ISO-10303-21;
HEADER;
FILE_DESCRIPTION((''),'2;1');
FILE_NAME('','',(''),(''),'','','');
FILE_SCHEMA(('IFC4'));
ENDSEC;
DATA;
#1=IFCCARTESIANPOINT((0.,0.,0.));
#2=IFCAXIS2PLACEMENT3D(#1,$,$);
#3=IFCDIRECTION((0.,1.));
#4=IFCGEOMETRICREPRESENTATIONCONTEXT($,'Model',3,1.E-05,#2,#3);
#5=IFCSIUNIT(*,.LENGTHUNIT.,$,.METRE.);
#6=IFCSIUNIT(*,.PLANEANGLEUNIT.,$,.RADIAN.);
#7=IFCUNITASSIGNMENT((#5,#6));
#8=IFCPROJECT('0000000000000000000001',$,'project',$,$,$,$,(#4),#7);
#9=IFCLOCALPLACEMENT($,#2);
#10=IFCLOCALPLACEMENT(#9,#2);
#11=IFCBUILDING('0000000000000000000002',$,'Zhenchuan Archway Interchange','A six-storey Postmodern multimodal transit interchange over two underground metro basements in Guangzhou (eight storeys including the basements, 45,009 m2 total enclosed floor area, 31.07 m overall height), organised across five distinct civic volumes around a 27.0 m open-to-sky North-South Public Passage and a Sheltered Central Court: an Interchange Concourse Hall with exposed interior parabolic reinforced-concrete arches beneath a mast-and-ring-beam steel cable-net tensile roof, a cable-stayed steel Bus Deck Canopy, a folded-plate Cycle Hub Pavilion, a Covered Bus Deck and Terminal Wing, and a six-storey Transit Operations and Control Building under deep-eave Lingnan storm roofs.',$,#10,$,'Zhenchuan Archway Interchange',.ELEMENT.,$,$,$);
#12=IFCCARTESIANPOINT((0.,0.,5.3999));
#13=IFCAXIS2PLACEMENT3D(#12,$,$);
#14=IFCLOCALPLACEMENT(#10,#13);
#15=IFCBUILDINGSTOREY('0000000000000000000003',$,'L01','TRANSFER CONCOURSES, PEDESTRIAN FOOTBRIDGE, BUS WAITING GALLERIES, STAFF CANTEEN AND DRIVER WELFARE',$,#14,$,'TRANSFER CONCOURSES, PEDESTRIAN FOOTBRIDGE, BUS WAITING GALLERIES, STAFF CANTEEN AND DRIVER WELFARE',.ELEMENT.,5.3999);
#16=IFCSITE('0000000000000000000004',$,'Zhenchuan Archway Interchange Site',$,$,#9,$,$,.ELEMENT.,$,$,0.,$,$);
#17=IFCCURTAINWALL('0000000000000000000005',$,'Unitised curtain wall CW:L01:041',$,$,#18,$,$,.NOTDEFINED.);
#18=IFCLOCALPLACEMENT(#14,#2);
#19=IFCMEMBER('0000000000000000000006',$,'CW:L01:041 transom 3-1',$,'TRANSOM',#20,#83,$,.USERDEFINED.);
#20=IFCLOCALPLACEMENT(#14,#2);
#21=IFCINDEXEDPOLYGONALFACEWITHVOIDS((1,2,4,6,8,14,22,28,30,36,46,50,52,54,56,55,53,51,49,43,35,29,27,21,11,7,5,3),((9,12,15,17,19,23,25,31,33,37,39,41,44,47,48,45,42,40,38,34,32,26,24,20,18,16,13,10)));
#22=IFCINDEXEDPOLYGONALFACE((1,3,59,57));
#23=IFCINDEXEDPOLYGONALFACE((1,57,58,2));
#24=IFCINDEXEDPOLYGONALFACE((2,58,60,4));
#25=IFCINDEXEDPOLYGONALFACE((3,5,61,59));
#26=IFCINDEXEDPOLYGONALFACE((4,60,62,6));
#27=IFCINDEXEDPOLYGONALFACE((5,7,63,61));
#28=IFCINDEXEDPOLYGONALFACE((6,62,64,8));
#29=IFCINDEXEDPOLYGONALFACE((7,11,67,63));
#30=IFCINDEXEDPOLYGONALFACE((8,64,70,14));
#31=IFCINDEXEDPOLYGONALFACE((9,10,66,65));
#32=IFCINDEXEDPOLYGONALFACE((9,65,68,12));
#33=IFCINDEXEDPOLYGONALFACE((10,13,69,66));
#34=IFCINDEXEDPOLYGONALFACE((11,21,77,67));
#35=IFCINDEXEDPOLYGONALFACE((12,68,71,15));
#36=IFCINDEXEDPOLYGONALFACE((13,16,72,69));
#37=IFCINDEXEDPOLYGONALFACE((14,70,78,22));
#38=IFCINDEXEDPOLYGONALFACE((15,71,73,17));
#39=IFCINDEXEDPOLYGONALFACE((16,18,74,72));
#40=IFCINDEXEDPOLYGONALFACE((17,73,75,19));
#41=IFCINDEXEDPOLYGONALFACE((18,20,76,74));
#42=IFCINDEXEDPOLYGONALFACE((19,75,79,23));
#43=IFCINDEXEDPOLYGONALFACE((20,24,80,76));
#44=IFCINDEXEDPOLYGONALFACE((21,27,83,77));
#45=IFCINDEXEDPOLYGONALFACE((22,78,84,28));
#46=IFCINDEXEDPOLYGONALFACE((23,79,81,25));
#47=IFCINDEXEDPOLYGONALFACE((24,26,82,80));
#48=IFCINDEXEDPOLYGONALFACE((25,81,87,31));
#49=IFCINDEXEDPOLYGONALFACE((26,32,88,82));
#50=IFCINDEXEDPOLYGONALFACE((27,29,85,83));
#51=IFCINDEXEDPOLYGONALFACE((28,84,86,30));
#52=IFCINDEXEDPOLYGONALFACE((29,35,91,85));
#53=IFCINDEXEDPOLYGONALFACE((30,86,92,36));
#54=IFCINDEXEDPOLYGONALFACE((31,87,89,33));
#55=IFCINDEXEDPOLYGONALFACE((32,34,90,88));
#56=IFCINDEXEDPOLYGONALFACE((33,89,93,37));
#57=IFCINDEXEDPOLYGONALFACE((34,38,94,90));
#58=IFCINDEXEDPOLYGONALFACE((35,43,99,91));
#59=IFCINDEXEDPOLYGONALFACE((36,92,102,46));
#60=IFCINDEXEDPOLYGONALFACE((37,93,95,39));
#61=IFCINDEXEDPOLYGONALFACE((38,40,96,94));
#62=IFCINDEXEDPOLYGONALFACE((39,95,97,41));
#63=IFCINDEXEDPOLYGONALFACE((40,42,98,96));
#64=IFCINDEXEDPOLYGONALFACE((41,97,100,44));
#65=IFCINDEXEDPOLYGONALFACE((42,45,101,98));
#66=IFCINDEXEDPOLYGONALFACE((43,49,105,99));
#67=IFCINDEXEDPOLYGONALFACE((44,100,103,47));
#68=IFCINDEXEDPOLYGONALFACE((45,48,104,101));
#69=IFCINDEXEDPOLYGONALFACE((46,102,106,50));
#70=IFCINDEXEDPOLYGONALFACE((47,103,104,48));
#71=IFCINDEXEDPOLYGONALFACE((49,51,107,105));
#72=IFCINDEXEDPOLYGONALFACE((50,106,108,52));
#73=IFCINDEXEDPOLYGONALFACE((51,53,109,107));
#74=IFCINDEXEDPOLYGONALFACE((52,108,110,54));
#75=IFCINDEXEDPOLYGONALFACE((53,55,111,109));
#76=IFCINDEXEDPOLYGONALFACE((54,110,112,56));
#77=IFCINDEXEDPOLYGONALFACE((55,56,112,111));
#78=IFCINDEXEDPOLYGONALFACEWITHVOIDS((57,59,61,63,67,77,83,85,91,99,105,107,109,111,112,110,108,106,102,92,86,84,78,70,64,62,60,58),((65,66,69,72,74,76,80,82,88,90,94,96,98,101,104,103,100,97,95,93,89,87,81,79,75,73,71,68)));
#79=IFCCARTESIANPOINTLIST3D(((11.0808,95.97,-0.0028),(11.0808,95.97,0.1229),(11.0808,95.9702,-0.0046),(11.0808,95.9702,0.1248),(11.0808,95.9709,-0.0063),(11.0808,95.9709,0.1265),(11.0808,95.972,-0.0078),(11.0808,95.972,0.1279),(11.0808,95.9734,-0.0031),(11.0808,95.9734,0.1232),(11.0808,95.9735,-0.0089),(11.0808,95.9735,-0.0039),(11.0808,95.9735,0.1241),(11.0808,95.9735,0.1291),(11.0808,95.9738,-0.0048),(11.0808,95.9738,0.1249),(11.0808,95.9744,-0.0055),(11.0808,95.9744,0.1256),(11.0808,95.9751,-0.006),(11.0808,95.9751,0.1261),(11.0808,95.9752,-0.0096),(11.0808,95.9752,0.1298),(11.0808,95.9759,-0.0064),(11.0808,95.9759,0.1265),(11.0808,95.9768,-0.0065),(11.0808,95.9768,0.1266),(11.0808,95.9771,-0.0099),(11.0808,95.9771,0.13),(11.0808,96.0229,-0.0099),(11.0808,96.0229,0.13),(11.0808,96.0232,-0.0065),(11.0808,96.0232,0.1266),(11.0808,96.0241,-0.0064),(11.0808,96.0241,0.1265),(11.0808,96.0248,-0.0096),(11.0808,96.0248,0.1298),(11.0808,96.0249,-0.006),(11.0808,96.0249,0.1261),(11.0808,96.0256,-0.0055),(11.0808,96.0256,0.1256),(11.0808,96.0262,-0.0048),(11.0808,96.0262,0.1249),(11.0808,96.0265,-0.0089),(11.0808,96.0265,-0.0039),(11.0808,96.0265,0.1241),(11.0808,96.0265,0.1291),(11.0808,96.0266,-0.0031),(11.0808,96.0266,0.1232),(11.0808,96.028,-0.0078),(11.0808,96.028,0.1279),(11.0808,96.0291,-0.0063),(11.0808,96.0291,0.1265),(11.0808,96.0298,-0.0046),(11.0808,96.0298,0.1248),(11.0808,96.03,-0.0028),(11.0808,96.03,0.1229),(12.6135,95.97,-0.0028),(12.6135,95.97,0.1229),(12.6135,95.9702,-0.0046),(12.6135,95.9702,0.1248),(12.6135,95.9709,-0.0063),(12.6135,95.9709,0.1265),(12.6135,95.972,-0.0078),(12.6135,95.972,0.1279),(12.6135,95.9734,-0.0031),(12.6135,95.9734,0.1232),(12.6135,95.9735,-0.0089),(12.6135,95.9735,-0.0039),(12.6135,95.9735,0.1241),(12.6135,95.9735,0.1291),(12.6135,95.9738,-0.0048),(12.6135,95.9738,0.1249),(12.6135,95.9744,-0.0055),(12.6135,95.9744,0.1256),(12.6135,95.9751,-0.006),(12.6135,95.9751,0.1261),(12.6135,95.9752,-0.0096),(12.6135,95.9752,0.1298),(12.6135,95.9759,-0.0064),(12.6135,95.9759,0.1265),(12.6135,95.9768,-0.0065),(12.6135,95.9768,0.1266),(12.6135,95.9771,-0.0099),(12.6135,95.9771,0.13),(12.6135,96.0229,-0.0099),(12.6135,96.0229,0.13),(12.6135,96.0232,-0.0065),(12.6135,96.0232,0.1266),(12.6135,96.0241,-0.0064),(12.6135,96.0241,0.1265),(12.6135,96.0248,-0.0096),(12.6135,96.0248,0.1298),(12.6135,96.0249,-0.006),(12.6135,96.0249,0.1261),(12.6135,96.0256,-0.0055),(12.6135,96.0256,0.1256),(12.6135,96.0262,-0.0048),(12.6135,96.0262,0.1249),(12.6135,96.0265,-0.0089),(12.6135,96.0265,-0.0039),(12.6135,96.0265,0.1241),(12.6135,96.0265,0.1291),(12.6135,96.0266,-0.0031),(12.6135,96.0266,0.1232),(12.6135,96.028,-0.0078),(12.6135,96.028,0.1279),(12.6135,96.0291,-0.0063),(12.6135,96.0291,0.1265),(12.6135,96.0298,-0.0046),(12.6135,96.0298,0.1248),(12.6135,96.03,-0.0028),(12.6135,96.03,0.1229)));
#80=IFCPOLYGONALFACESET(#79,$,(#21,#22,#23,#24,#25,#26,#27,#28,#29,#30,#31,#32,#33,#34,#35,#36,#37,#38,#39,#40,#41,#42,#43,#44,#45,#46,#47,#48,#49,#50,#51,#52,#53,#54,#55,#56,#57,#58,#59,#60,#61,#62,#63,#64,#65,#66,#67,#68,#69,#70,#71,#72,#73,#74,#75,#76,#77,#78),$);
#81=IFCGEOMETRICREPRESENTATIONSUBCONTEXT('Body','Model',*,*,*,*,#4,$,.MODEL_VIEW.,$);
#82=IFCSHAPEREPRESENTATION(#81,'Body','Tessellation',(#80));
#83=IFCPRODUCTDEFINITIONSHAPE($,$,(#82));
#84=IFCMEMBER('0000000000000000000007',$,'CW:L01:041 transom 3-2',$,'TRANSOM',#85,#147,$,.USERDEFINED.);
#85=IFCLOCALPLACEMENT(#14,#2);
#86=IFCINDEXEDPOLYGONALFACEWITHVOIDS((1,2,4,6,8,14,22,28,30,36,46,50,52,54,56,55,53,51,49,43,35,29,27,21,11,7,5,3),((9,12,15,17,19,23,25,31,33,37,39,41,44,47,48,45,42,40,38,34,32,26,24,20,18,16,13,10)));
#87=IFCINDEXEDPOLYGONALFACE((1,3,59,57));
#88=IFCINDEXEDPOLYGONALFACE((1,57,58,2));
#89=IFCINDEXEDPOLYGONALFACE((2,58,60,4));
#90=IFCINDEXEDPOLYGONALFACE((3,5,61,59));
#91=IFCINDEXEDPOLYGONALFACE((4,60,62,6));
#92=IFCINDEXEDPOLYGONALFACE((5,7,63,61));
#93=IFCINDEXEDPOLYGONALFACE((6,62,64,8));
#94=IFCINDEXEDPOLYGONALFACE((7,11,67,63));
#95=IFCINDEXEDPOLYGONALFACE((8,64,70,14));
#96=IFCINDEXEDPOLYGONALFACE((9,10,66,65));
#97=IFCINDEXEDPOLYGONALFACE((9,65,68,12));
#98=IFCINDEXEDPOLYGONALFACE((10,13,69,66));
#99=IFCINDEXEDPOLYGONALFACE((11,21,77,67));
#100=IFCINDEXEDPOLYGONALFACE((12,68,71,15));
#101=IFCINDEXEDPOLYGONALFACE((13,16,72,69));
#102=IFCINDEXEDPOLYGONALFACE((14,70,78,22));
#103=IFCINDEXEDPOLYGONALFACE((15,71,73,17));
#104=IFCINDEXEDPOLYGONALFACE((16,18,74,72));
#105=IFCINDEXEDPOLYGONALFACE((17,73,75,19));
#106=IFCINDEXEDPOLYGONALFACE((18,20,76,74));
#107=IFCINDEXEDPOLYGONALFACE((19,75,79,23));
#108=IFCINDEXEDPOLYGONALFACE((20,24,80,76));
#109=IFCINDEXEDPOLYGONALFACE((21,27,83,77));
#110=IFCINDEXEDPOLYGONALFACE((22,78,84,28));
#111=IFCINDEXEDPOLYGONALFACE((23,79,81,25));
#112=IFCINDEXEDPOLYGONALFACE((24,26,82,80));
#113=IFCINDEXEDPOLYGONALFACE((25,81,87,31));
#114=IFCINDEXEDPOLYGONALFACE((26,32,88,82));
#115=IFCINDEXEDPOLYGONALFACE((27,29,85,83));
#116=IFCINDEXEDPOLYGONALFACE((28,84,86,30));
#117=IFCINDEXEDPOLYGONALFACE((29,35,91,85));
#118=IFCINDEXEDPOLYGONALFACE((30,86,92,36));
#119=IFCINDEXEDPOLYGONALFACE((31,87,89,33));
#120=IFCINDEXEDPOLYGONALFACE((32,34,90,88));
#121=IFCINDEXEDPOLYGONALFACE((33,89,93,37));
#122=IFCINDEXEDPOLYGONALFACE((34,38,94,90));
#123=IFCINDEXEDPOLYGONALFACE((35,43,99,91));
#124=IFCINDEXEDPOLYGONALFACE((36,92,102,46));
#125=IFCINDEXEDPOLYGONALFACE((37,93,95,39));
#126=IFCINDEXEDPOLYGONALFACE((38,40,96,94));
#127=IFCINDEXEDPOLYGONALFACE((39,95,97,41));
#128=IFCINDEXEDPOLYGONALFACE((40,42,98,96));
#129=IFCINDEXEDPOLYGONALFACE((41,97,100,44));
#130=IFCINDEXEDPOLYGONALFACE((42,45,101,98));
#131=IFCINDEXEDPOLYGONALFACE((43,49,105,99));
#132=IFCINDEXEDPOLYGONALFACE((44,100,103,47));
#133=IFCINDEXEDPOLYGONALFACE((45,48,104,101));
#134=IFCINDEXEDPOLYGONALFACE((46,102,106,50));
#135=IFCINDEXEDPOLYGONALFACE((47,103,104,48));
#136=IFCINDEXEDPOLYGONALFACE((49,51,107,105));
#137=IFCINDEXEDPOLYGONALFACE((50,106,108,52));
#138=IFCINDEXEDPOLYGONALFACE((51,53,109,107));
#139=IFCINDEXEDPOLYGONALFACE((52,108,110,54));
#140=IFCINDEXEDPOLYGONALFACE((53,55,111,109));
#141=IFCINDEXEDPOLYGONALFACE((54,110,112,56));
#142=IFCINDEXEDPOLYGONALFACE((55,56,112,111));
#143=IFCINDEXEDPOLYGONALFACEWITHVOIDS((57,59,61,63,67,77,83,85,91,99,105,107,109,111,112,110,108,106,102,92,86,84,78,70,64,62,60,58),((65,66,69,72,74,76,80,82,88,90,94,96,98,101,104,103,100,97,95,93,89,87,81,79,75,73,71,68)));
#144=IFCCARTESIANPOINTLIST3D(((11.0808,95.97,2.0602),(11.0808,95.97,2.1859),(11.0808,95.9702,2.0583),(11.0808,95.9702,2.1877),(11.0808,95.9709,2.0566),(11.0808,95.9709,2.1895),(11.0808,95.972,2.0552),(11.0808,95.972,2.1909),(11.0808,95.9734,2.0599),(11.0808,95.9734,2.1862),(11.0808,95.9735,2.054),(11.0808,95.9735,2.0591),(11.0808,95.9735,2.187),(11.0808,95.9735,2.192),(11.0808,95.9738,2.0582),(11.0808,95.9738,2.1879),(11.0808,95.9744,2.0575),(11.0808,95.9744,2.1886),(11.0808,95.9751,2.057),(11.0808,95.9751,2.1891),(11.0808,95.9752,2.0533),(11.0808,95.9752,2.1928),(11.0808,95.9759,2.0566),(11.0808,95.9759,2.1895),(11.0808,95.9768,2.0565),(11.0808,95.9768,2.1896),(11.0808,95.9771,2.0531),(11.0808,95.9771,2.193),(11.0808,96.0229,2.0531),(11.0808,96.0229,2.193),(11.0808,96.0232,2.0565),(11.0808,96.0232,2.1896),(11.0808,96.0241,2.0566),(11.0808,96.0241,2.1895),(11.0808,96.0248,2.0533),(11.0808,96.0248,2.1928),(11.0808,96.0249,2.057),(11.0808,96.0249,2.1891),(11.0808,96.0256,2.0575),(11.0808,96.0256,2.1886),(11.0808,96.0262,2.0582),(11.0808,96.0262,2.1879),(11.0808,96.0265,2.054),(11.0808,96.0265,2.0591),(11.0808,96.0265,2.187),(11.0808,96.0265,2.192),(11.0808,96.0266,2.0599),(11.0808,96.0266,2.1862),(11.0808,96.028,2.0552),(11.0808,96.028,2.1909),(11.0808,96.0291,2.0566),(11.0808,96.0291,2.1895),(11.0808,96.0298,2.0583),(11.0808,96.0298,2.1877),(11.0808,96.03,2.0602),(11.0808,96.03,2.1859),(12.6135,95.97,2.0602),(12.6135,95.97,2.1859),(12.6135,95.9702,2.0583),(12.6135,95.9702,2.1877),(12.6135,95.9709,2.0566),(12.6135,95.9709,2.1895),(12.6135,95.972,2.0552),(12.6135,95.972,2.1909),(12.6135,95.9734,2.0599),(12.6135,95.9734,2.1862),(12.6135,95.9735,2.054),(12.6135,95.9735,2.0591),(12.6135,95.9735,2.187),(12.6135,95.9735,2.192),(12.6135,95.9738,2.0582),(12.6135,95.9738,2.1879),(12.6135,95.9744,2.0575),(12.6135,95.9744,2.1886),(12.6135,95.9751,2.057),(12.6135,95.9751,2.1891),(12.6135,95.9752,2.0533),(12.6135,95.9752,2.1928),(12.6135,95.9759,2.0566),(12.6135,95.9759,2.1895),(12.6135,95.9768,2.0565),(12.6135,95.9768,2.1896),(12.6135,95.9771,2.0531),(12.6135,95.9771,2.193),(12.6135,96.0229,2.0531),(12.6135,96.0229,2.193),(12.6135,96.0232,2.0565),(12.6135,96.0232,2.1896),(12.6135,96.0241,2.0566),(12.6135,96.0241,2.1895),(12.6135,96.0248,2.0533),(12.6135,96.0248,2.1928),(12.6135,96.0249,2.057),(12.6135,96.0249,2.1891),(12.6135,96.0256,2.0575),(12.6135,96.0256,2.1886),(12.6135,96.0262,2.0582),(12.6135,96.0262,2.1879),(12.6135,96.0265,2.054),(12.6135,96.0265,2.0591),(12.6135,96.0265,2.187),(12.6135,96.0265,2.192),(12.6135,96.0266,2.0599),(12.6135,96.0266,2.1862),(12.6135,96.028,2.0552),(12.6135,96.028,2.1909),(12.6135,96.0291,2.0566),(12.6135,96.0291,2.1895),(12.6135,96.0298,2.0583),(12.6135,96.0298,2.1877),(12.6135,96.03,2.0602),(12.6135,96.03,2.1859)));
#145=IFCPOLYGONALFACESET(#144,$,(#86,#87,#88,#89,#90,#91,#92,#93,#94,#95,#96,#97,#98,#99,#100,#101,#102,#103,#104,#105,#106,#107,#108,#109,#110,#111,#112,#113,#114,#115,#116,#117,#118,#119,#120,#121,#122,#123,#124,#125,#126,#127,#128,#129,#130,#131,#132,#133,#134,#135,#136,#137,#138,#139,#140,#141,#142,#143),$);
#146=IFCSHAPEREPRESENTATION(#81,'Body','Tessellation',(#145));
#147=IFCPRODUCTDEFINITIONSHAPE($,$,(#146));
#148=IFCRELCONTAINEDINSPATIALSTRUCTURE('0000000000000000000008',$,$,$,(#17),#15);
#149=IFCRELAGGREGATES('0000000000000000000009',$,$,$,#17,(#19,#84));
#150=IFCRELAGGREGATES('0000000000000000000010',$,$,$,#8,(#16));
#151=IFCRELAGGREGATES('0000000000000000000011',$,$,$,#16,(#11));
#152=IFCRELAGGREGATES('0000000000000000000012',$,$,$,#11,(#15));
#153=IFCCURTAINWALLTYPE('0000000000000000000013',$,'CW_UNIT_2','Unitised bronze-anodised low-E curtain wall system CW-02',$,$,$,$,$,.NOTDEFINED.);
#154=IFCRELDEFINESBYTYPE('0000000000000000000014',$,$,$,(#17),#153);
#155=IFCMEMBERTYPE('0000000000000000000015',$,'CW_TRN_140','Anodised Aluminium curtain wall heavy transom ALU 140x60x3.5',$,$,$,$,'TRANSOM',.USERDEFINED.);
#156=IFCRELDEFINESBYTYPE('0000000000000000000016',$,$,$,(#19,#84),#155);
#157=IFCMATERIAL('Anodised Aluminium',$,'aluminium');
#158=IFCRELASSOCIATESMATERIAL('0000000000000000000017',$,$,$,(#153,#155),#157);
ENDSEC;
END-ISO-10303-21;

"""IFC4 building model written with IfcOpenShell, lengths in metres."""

from ifc_helpers import new_model, si_unit, direction, frame, origin, origin_2d, place, context, subcontext, project, spatial, hollow_rectangle, extrude, material, material_profile, profile_set, type_object, element, aggregate, save


model = new_model("IFC4")

# Units and contexts
model_context = context("Model", 3, precision=1e-05, world=origin(), true_north=direction((0.0, 1.0)))
body_context = subcontext(model_context, "Body", "Model", "MODEL_VIEW")
ifc_project = project(units=[si_unit("LENGTHUNIT", "METRE"), si_unit("PLANEANGLEUNIT", "RADIAN")], contexts=[model_context])

# Site, building, storey
site_placement = place(None, origin())
site = spatial("IfcSite", under=ifc_project, at=site_placement, Name="Zhenchuan Archway Interchange Site", CompositionType="ELEMENT", RefElevation=0.0)
building_placement = place(site_placement, origin())
building = spatial("IfcBuilding", under=site, at=building_placement, Name="Zhenchuan Archway Interchange", Description="A six-storey Postmodern multimodal transit interchange over two underground metro basements in Guangzhou (eight storeys including the basements, 45,009 m2 total enclosed floor area, 31.07 m overall height), organised across five distinct civic volumes around a 27.0 m open-to-sky North-South Public Passage and a Sheltered Central Court: an Interchange Concourse Hall with exposed interior parabolic reinforced-concrete arches beneath a mast-and-ring-beam steel cable-net tensile roof, a cable-stayed steel Bus Deck Canopy, a folded-plate Cycle Hub Pavilion, a Covered Bus Deck and Terminal Wing, and a six-storey Transit Operations and Control Building under deep-eave Lingnan storm roofs.", LongName="Zhenchuan Archway Interchange", CompositionType="ELEMENT")
storey_placement = place(building_placement, frame((0.0, 0.0, 5.3999)))
storey = spatial("IfcBuildingStorey", under=building, at=storey_placement, Name="L01", Description="TRANSFER CONCOURSES, PEDESTRIAN FOOTBRIDGE, BUS WAITING GALLERIES, STAFF CANTEEN AND DRIVER WELFARE", LongName="TRANSFER CONCOURSES, PEDESTRIAN FOOTBRIDGE, BUS WAITING GALLERIES, STAFF CANTEEN AND DRIVER WELFARE", CompositionType="ELEMENT", Elevation=5.3999)

# Shared definitions
ifc_material_1 = material(Name="Anodised Aluminium", Category="aluminium")

# Curtain wall
curtain_wall_type_1 = type_object("IfcCurtainWallType", Name="CW_UNIT_2", Description="Unitised bronze-anodised low-E curtain wall system CW-02", PredefinedType="NOTDEFINED", material=ifc_material_1)
curtain_wall_1_placement = place(storey_placement, origin())
curtain_wall_1 = element("IfcCurtainWall", 1, at=curtain_wall_1_placement, inside=storey, type_object=curtain_wall_type_1, Name="Unitised curtain wall CW:L01:041", PredefinedType="NOTDEFINED")

# Members
ifc_material_profile_1 = material_profile(ifc_material_1, hollow_rectangle(XDim=0.0601, YDim=0.1399, WallThickness=0.0034, InnerFilletRadius=0.0034, OuterFilletRadius=0.0071, at=origin_2d()), Name="ALU 140x60x3.5")
ifc_profile_set_1 = profile_set([ifc_material_profile_1], Name="Anodised Aluminium")
member_type_1 = type_object("IfcMemberType", Name="CW_TRN_140", Description="Anodised Aluminium curtain wall heavy transom ALU 140x60x3.5", ElementType="TRANSOM", PredefinedType="USERDEFINED", material=ifc_profile_set_1)
member_1_placement = place(storey_placement, frame((12.6135, 96.0, 0.0601), z_axis=(-1.0, 0.0, 0.0), x_axis=(0.0, -1.0, 0.0)))
member_1 = element("IfcMember", 2, at=member_1_placement, type_object=member_type_1, Name="CW:L01:041 transom 3-1", ObjectType="TRANSOM", PredefinedType="USERDEFINED", context=body_context, shape_type="SweptSolid", body=[
    extrude(hollow_rectangle(XDim=0.0601, YDim=0.1399, WallThickness=0.0034, InnerFilletRadius=0.0034, OuterFilletRadius=0.0071, at=origin_2d()), origin(), (0.0, 0.0, 1.0), 1.5327),
])
member_2_placement = place(storey_placement, frame((12.6135, 96.0, 2.123), z_axis=(-1.0, 0.0, 0.0), x_axis=(0.0, -1.0, 0.0)))
member_2 = element("IfcMember", 3, at=member_2_placement, type_object=member_type_1, Name="CW:L01:041 transom 3-2", ObjectType="TRANSOM", PredefinedType="USERDEFINED", context=body_context, shape_type="SweptSolid", body=[
    extrude(hollow_rectangle(XDim=0.0601, YDim=0.1399, WallThickness=0.0034, InnerFilletRadius=0.0034, OuterFilletRadius=0.0071, at=origin_2d()), origin(), (0.0, 0.0, 1.0), 1.5327),
])

aggregate(curtain_wall_1, [member_1, member_2])

save(model, "model.ifc")
